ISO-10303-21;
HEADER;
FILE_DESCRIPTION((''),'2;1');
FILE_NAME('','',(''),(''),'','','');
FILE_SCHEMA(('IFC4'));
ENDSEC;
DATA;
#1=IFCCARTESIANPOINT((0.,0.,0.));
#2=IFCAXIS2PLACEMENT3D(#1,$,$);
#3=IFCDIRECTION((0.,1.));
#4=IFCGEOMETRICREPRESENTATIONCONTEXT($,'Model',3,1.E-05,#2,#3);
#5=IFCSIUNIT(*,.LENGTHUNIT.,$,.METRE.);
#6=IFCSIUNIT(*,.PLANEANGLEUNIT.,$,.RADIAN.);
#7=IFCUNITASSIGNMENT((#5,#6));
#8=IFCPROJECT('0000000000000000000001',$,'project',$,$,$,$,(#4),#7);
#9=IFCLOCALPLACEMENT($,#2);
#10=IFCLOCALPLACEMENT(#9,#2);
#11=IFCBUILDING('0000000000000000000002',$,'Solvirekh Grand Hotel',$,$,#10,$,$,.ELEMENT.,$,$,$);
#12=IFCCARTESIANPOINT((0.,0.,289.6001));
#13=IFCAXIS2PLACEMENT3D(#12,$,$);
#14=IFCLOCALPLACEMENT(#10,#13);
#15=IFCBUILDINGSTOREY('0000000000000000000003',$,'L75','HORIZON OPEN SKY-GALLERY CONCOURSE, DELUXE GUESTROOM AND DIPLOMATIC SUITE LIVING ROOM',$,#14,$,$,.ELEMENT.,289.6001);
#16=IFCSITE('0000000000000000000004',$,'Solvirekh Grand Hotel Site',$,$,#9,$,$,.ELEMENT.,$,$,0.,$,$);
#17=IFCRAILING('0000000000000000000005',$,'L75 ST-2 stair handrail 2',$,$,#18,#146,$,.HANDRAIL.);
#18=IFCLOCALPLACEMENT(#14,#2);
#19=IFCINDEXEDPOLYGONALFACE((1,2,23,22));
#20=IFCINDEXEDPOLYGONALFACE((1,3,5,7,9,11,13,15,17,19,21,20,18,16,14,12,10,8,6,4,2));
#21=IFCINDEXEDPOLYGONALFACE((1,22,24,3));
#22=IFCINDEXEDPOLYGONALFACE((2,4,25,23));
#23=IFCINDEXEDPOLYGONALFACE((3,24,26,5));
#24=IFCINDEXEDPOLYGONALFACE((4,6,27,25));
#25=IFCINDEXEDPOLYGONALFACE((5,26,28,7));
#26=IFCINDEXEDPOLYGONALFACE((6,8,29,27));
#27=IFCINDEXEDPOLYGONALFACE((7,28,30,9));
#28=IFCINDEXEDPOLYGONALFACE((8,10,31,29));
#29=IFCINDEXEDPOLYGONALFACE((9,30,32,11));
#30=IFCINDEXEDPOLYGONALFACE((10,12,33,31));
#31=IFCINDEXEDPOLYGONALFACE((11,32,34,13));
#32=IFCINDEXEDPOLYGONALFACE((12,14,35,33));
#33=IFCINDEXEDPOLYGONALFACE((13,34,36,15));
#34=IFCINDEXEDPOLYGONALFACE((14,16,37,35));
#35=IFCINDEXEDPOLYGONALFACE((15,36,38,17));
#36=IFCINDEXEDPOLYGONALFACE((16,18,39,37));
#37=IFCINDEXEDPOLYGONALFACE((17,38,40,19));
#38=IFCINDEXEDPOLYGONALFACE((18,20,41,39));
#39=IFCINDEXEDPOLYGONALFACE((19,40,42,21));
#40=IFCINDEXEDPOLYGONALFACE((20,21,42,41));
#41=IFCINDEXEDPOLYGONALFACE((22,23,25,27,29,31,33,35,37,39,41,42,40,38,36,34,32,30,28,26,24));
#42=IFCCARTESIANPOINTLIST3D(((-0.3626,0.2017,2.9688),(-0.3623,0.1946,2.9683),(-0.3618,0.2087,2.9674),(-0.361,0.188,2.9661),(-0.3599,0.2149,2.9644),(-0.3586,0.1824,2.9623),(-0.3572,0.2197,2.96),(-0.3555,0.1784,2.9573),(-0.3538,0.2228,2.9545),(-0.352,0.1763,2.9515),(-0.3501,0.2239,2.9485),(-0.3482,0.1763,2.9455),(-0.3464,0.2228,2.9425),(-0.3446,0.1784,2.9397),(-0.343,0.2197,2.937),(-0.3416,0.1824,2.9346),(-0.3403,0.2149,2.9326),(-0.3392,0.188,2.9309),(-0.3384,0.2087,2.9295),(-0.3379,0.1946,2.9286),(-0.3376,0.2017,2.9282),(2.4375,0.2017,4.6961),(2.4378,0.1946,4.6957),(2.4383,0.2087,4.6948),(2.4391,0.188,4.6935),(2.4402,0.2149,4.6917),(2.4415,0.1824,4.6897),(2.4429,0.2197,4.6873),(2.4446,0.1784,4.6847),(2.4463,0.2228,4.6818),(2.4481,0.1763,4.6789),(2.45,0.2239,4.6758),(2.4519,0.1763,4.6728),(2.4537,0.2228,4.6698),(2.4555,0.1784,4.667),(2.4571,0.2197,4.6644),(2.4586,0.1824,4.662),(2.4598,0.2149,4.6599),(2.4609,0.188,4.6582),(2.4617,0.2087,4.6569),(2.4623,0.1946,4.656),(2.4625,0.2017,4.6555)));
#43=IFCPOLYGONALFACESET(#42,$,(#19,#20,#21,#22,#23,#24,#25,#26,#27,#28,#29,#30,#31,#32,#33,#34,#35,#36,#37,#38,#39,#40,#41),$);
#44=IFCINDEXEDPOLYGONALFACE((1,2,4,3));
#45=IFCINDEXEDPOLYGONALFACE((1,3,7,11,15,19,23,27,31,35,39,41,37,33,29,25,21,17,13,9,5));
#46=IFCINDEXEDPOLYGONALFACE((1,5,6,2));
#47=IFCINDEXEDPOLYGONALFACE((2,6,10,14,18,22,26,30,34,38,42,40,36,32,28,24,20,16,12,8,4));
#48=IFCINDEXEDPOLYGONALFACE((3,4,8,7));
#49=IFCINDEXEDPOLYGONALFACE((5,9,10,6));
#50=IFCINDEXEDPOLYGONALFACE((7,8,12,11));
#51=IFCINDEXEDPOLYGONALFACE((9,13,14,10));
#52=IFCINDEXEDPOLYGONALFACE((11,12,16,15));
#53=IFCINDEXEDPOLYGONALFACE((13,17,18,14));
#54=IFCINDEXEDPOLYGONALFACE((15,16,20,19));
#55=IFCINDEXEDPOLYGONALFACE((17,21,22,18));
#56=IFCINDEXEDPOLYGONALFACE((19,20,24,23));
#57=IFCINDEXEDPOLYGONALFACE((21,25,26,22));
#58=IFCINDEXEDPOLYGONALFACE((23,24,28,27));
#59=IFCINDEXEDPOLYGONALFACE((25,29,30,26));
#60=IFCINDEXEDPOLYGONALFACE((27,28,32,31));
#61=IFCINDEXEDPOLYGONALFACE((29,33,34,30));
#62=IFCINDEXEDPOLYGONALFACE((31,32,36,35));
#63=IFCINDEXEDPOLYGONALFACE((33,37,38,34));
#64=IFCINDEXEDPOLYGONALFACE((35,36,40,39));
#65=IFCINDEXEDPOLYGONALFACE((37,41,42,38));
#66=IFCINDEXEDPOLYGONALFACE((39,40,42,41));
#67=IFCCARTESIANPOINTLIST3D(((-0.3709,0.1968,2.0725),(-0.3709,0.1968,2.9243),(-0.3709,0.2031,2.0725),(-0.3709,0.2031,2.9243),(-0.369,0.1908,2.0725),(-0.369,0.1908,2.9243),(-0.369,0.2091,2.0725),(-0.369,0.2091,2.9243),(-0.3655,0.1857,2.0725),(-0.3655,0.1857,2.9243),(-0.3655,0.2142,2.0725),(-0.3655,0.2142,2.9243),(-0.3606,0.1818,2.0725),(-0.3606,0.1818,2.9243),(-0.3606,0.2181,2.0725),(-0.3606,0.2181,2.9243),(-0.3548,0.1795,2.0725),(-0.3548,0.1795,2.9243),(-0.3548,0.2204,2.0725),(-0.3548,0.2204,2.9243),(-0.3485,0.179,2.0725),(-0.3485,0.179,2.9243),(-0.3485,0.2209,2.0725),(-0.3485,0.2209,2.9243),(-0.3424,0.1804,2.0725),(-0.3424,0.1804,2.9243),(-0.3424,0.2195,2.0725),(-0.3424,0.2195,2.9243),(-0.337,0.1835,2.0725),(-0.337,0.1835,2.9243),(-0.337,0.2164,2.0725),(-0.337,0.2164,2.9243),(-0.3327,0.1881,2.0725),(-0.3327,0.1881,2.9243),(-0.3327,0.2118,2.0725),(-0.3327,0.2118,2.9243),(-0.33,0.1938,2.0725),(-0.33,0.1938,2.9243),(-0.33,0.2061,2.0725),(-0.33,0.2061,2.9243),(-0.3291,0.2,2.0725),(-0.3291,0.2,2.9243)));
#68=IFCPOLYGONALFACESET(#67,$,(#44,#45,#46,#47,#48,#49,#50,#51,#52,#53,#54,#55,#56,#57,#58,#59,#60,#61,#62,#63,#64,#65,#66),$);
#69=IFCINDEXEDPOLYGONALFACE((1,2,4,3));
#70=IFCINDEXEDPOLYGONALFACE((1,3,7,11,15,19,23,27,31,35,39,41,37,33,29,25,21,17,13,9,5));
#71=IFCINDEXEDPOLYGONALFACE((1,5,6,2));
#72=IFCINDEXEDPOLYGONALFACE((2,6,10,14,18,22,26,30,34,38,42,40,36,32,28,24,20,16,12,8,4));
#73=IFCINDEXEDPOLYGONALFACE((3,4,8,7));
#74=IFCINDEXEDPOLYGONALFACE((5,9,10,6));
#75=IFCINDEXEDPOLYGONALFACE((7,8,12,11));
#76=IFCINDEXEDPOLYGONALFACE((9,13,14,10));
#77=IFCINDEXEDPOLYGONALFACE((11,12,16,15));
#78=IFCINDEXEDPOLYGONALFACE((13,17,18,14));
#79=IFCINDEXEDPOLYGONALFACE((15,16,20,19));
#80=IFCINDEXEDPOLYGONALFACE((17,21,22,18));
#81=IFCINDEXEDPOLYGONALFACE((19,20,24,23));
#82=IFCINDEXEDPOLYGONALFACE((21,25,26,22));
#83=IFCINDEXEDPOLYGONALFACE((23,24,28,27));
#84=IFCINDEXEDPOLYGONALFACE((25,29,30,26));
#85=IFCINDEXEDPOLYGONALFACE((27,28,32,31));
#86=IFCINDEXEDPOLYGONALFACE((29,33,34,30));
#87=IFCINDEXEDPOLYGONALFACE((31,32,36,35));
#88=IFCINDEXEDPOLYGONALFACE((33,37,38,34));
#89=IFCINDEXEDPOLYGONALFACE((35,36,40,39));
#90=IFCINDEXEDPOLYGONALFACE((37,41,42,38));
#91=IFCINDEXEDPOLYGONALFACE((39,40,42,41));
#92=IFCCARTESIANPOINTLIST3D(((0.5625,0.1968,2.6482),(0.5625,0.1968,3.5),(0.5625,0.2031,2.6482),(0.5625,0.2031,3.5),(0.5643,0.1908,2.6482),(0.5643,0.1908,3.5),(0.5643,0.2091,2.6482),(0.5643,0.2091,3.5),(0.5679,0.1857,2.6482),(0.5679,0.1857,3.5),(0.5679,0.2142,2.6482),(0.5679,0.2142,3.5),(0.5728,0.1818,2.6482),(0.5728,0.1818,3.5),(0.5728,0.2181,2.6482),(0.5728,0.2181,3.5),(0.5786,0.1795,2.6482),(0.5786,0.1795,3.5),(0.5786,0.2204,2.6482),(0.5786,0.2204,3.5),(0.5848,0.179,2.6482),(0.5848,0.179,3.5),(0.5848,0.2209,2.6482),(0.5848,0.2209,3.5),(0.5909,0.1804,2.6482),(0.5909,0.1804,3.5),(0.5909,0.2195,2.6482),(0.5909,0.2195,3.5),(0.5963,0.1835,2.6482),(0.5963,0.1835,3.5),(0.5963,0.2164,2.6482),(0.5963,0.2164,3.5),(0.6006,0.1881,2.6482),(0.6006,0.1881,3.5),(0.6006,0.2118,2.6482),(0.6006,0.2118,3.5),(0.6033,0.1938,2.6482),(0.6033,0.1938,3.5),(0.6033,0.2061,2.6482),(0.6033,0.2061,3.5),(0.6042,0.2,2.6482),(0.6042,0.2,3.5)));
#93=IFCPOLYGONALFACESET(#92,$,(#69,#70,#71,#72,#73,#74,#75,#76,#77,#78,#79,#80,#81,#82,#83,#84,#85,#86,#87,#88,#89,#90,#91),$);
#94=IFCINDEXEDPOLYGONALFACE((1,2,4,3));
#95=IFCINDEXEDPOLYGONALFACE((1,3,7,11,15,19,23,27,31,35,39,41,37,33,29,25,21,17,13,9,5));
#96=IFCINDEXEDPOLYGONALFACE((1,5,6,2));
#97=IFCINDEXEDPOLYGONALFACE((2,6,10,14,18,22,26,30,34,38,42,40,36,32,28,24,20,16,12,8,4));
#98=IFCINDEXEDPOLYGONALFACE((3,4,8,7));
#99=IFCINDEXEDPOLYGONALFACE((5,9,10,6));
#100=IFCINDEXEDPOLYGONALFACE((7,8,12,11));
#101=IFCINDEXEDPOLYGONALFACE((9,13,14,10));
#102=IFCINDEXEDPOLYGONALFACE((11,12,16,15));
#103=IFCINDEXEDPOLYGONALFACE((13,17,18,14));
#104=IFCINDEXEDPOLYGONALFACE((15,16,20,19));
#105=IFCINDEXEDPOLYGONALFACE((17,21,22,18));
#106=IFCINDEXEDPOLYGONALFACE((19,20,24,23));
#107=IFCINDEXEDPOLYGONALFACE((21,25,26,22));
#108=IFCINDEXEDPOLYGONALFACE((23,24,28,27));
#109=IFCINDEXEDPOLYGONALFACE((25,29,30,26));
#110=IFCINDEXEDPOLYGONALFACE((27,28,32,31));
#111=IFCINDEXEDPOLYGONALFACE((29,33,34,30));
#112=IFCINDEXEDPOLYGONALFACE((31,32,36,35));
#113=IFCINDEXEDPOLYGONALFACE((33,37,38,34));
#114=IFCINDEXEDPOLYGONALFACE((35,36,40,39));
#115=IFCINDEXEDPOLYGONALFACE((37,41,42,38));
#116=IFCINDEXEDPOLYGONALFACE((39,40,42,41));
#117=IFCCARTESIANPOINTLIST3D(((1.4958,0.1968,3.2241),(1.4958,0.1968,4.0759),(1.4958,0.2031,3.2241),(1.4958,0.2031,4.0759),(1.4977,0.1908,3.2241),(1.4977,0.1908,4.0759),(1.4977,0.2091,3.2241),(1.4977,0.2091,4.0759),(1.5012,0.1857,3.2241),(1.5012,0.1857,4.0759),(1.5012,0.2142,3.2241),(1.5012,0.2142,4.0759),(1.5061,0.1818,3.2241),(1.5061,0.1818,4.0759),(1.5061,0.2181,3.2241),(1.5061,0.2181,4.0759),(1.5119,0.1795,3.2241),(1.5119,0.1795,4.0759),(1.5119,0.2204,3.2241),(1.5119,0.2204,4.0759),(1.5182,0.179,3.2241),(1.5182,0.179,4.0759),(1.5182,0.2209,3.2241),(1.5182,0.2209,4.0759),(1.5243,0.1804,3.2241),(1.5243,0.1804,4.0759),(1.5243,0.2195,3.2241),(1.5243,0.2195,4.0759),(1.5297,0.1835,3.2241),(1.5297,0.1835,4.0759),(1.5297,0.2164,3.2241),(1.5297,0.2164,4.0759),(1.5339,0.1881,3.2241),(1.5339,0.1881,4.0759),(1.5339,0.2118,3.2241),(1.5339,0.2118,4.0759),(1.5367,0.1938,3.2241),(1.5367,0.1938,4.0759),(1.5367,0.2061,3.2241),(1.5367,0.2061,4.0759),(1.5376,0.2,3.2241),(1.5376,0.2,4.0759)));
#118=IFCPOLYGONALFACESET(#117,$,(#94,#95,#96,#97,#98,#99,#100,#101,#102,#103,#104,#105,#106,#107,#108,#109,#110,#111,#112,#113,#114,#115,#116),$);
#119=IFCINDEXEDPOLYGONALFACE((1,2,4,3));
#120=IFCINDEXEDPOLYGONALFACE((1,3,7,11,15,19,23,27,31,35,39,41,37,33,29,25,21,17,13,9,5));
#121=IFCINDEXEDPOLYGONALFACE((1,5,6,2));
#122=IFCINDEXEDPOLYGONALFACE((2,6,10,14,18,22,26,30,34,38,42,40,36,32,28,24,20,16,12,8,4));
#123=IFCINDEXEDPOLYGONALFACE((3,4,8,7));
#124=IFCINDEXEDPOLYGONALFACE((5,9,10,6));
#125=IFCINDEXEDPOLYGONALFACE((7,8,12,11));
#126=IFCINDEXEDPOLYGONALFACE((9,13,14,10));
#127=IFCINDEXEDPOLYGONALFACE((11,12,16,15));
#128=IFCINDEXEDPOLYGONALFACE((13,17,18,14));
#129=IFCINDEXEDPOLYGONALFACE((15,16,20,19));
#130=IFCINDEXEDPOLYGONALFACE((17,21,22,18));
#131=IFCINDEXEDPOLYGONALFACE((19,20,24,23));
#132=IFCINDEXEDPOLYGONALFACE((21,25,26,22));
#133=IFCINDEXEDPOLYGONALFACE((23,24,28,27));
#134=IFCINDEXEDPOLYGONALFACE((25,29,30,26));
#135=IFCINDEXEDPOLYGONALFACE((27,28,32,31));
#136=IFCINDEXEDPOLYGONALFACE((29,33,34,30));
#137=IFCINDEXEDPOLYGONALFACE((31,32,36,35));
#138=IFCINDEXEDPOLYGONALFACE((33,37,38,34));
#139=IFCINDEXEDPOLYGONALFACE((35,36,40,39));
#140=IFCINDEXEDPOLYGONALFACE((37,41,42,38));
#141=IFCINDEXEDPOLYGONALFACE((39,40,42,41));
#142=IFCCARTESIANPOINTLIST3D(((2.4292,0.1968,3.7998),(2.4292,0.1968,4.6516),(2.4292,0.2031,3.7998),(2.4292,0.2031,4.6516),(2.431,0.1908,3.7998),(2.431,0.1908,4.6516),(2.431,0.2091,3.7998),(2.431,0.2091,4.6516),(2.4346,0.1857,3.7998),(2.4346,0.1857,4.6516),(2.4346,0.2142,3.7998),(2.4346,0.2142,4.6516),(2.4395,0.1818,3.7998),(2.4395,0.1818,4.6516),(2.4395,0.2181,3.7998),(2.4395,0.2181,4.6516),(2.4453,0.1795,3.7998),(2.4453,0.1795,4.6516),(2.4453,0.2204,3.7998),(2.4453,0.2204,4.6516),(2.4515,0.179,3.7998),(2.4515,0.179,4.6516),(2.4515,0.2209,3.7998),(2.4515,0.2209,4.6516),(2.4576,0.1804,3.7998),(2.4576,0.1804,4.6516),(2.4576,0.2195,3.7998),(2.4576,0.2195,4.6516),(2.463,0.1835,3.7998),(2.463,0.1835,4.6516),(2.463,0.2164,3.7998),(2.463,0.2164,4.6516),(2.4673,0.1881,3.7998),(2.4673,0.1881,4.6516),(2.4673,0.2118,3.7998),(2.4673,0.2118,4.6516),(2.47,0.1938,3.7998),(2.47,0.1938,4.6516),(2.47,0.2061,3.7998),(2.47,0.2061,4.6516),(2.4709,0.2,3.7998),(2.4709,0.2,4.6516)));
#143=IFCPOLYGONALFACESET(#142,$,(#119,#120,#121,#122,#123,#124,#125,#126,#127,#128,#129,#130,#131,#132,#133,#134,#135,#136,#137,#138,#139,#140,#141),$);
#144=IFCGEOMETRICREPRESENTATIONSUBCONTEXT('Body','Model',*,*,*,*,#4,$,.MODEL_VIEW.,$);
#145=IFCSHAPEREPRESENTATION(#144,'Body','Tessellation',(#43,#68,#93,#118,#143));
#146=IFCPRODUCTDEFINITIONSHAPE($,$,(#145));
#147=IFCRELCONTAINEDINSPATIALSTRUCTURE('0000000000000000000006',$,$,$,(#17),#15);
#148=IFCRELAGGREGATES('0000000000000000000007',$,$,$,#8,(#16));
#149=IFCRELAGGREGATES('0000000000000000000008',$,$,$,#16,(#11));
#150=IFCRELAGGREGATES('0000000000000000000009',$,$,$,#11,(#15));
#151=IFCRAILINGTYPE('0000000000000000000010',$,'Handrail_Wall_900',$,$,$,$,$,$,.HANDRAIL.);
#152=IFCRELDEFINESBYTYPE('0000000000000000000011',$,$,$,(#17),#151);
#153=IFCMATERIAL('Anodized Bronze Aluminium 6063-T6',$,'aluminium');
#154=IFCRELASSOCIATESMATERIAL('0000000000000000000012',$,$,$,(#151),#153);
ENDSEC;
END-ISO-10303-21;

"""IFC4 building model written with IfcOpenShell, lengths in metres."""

from ifc_helpers import new_model, si_unit, direction, frame, origin, origin_2d, place, context, subcontext, project, spatial, circle, extrude, material, type_object, element, save


model = new_model("IFC4")

# Units and contexts
model_context = context("Model", 3, precision=1e-05, world=origin(), true_north=direction((0.0, 1.0)))
body_context = subcontext(model_context, "Body", "Model", "MODEL_VIEW")
ifc_project = project(units=[si_unit("LENGTHUNIT", "METRE"), si_unit("PLANEANGLEUNIT", "RADIAN")], contexts=[model_context])

# Site, building, storey
site_placement = place(None, origin())
site = spatial("IfcSite", under=ifc_project, at=site_placement, Name="Solvirekh Grand Hotel Site", CompositionType="ELEMENT", RefElevation=0.0)
building_placement = place(site_placement, origin())
building = spatial("IfcBuilding", under=site, at=building_placement, Name="Solvirekh Grand Hotel", CompositionType="ELEMENT")
storey_placement = place(building_placement, frame((0.0, 0.0, 289.6001)))
storey = spatial("IfcBuildingStorey", under=building, at=storey_placement, Name="L75", Description="HORIZON OPEN SKY-GALLERY CONCOURSE, DELUXE GUESTROOM AND DIPLOMATIC SUITE LIVING ROOM", CompositionType="ELEMENT", Elevation=289.6001)

# Railing
ifc_material_1 = material(Name="Anodized Bronze Aluminium 6063-T6", Category="aluminium")
railing_type_1 = type_object("IfcRailingType", Name="Handrail_Wall_900", PredefinedType="HANDRAIL", material=ifc_material_1)
railing_1_placement = place(storey_placement, frame((-0.3501, 0.2, 2.0725)))
element("IfcRailing", 1, at=railing_1_placement, inside=storey, type_object=railing_type_1, Name="L75 ST-2 stair handrail 2", PredefinedType="HANDRAIL", context=body_context, shape_type="SweptSolid", body=[
    extrude(circle(Radius=0.0239, at=origin_2d()), frame((0.0, 0.0, 0.876), z_axis=(0.85109, 0.0, 0.52502), x_axis=(0.0, 1.0, 0.0)), (0.0, 0.0, 1.0), 3.29),
    extrude(circle(Radius=0.021, at=origin_2d()), origin(), (0.0, 0.0, 1.0), 0.8518),
    extrude(circle(Radius=0.021, at=origin_2d()), frame((0.9333, 0.0, 0.5757)), (0.0, 0.0, 1.0), 0.8518),
    extrude(circle(Radius=0.021, at=origin_2d()), frame((1.8667, 0.0, 1.1516)), (0.0, 0.0, 1.0), 0.8518),
    extrude(circle(Radius=0.021, at=origin_2d()), frame((2.8, 0.0, 1.7273)), (0.0, 0.0, 1.0), 0.8518),
])

save(model, "model.ifc")
